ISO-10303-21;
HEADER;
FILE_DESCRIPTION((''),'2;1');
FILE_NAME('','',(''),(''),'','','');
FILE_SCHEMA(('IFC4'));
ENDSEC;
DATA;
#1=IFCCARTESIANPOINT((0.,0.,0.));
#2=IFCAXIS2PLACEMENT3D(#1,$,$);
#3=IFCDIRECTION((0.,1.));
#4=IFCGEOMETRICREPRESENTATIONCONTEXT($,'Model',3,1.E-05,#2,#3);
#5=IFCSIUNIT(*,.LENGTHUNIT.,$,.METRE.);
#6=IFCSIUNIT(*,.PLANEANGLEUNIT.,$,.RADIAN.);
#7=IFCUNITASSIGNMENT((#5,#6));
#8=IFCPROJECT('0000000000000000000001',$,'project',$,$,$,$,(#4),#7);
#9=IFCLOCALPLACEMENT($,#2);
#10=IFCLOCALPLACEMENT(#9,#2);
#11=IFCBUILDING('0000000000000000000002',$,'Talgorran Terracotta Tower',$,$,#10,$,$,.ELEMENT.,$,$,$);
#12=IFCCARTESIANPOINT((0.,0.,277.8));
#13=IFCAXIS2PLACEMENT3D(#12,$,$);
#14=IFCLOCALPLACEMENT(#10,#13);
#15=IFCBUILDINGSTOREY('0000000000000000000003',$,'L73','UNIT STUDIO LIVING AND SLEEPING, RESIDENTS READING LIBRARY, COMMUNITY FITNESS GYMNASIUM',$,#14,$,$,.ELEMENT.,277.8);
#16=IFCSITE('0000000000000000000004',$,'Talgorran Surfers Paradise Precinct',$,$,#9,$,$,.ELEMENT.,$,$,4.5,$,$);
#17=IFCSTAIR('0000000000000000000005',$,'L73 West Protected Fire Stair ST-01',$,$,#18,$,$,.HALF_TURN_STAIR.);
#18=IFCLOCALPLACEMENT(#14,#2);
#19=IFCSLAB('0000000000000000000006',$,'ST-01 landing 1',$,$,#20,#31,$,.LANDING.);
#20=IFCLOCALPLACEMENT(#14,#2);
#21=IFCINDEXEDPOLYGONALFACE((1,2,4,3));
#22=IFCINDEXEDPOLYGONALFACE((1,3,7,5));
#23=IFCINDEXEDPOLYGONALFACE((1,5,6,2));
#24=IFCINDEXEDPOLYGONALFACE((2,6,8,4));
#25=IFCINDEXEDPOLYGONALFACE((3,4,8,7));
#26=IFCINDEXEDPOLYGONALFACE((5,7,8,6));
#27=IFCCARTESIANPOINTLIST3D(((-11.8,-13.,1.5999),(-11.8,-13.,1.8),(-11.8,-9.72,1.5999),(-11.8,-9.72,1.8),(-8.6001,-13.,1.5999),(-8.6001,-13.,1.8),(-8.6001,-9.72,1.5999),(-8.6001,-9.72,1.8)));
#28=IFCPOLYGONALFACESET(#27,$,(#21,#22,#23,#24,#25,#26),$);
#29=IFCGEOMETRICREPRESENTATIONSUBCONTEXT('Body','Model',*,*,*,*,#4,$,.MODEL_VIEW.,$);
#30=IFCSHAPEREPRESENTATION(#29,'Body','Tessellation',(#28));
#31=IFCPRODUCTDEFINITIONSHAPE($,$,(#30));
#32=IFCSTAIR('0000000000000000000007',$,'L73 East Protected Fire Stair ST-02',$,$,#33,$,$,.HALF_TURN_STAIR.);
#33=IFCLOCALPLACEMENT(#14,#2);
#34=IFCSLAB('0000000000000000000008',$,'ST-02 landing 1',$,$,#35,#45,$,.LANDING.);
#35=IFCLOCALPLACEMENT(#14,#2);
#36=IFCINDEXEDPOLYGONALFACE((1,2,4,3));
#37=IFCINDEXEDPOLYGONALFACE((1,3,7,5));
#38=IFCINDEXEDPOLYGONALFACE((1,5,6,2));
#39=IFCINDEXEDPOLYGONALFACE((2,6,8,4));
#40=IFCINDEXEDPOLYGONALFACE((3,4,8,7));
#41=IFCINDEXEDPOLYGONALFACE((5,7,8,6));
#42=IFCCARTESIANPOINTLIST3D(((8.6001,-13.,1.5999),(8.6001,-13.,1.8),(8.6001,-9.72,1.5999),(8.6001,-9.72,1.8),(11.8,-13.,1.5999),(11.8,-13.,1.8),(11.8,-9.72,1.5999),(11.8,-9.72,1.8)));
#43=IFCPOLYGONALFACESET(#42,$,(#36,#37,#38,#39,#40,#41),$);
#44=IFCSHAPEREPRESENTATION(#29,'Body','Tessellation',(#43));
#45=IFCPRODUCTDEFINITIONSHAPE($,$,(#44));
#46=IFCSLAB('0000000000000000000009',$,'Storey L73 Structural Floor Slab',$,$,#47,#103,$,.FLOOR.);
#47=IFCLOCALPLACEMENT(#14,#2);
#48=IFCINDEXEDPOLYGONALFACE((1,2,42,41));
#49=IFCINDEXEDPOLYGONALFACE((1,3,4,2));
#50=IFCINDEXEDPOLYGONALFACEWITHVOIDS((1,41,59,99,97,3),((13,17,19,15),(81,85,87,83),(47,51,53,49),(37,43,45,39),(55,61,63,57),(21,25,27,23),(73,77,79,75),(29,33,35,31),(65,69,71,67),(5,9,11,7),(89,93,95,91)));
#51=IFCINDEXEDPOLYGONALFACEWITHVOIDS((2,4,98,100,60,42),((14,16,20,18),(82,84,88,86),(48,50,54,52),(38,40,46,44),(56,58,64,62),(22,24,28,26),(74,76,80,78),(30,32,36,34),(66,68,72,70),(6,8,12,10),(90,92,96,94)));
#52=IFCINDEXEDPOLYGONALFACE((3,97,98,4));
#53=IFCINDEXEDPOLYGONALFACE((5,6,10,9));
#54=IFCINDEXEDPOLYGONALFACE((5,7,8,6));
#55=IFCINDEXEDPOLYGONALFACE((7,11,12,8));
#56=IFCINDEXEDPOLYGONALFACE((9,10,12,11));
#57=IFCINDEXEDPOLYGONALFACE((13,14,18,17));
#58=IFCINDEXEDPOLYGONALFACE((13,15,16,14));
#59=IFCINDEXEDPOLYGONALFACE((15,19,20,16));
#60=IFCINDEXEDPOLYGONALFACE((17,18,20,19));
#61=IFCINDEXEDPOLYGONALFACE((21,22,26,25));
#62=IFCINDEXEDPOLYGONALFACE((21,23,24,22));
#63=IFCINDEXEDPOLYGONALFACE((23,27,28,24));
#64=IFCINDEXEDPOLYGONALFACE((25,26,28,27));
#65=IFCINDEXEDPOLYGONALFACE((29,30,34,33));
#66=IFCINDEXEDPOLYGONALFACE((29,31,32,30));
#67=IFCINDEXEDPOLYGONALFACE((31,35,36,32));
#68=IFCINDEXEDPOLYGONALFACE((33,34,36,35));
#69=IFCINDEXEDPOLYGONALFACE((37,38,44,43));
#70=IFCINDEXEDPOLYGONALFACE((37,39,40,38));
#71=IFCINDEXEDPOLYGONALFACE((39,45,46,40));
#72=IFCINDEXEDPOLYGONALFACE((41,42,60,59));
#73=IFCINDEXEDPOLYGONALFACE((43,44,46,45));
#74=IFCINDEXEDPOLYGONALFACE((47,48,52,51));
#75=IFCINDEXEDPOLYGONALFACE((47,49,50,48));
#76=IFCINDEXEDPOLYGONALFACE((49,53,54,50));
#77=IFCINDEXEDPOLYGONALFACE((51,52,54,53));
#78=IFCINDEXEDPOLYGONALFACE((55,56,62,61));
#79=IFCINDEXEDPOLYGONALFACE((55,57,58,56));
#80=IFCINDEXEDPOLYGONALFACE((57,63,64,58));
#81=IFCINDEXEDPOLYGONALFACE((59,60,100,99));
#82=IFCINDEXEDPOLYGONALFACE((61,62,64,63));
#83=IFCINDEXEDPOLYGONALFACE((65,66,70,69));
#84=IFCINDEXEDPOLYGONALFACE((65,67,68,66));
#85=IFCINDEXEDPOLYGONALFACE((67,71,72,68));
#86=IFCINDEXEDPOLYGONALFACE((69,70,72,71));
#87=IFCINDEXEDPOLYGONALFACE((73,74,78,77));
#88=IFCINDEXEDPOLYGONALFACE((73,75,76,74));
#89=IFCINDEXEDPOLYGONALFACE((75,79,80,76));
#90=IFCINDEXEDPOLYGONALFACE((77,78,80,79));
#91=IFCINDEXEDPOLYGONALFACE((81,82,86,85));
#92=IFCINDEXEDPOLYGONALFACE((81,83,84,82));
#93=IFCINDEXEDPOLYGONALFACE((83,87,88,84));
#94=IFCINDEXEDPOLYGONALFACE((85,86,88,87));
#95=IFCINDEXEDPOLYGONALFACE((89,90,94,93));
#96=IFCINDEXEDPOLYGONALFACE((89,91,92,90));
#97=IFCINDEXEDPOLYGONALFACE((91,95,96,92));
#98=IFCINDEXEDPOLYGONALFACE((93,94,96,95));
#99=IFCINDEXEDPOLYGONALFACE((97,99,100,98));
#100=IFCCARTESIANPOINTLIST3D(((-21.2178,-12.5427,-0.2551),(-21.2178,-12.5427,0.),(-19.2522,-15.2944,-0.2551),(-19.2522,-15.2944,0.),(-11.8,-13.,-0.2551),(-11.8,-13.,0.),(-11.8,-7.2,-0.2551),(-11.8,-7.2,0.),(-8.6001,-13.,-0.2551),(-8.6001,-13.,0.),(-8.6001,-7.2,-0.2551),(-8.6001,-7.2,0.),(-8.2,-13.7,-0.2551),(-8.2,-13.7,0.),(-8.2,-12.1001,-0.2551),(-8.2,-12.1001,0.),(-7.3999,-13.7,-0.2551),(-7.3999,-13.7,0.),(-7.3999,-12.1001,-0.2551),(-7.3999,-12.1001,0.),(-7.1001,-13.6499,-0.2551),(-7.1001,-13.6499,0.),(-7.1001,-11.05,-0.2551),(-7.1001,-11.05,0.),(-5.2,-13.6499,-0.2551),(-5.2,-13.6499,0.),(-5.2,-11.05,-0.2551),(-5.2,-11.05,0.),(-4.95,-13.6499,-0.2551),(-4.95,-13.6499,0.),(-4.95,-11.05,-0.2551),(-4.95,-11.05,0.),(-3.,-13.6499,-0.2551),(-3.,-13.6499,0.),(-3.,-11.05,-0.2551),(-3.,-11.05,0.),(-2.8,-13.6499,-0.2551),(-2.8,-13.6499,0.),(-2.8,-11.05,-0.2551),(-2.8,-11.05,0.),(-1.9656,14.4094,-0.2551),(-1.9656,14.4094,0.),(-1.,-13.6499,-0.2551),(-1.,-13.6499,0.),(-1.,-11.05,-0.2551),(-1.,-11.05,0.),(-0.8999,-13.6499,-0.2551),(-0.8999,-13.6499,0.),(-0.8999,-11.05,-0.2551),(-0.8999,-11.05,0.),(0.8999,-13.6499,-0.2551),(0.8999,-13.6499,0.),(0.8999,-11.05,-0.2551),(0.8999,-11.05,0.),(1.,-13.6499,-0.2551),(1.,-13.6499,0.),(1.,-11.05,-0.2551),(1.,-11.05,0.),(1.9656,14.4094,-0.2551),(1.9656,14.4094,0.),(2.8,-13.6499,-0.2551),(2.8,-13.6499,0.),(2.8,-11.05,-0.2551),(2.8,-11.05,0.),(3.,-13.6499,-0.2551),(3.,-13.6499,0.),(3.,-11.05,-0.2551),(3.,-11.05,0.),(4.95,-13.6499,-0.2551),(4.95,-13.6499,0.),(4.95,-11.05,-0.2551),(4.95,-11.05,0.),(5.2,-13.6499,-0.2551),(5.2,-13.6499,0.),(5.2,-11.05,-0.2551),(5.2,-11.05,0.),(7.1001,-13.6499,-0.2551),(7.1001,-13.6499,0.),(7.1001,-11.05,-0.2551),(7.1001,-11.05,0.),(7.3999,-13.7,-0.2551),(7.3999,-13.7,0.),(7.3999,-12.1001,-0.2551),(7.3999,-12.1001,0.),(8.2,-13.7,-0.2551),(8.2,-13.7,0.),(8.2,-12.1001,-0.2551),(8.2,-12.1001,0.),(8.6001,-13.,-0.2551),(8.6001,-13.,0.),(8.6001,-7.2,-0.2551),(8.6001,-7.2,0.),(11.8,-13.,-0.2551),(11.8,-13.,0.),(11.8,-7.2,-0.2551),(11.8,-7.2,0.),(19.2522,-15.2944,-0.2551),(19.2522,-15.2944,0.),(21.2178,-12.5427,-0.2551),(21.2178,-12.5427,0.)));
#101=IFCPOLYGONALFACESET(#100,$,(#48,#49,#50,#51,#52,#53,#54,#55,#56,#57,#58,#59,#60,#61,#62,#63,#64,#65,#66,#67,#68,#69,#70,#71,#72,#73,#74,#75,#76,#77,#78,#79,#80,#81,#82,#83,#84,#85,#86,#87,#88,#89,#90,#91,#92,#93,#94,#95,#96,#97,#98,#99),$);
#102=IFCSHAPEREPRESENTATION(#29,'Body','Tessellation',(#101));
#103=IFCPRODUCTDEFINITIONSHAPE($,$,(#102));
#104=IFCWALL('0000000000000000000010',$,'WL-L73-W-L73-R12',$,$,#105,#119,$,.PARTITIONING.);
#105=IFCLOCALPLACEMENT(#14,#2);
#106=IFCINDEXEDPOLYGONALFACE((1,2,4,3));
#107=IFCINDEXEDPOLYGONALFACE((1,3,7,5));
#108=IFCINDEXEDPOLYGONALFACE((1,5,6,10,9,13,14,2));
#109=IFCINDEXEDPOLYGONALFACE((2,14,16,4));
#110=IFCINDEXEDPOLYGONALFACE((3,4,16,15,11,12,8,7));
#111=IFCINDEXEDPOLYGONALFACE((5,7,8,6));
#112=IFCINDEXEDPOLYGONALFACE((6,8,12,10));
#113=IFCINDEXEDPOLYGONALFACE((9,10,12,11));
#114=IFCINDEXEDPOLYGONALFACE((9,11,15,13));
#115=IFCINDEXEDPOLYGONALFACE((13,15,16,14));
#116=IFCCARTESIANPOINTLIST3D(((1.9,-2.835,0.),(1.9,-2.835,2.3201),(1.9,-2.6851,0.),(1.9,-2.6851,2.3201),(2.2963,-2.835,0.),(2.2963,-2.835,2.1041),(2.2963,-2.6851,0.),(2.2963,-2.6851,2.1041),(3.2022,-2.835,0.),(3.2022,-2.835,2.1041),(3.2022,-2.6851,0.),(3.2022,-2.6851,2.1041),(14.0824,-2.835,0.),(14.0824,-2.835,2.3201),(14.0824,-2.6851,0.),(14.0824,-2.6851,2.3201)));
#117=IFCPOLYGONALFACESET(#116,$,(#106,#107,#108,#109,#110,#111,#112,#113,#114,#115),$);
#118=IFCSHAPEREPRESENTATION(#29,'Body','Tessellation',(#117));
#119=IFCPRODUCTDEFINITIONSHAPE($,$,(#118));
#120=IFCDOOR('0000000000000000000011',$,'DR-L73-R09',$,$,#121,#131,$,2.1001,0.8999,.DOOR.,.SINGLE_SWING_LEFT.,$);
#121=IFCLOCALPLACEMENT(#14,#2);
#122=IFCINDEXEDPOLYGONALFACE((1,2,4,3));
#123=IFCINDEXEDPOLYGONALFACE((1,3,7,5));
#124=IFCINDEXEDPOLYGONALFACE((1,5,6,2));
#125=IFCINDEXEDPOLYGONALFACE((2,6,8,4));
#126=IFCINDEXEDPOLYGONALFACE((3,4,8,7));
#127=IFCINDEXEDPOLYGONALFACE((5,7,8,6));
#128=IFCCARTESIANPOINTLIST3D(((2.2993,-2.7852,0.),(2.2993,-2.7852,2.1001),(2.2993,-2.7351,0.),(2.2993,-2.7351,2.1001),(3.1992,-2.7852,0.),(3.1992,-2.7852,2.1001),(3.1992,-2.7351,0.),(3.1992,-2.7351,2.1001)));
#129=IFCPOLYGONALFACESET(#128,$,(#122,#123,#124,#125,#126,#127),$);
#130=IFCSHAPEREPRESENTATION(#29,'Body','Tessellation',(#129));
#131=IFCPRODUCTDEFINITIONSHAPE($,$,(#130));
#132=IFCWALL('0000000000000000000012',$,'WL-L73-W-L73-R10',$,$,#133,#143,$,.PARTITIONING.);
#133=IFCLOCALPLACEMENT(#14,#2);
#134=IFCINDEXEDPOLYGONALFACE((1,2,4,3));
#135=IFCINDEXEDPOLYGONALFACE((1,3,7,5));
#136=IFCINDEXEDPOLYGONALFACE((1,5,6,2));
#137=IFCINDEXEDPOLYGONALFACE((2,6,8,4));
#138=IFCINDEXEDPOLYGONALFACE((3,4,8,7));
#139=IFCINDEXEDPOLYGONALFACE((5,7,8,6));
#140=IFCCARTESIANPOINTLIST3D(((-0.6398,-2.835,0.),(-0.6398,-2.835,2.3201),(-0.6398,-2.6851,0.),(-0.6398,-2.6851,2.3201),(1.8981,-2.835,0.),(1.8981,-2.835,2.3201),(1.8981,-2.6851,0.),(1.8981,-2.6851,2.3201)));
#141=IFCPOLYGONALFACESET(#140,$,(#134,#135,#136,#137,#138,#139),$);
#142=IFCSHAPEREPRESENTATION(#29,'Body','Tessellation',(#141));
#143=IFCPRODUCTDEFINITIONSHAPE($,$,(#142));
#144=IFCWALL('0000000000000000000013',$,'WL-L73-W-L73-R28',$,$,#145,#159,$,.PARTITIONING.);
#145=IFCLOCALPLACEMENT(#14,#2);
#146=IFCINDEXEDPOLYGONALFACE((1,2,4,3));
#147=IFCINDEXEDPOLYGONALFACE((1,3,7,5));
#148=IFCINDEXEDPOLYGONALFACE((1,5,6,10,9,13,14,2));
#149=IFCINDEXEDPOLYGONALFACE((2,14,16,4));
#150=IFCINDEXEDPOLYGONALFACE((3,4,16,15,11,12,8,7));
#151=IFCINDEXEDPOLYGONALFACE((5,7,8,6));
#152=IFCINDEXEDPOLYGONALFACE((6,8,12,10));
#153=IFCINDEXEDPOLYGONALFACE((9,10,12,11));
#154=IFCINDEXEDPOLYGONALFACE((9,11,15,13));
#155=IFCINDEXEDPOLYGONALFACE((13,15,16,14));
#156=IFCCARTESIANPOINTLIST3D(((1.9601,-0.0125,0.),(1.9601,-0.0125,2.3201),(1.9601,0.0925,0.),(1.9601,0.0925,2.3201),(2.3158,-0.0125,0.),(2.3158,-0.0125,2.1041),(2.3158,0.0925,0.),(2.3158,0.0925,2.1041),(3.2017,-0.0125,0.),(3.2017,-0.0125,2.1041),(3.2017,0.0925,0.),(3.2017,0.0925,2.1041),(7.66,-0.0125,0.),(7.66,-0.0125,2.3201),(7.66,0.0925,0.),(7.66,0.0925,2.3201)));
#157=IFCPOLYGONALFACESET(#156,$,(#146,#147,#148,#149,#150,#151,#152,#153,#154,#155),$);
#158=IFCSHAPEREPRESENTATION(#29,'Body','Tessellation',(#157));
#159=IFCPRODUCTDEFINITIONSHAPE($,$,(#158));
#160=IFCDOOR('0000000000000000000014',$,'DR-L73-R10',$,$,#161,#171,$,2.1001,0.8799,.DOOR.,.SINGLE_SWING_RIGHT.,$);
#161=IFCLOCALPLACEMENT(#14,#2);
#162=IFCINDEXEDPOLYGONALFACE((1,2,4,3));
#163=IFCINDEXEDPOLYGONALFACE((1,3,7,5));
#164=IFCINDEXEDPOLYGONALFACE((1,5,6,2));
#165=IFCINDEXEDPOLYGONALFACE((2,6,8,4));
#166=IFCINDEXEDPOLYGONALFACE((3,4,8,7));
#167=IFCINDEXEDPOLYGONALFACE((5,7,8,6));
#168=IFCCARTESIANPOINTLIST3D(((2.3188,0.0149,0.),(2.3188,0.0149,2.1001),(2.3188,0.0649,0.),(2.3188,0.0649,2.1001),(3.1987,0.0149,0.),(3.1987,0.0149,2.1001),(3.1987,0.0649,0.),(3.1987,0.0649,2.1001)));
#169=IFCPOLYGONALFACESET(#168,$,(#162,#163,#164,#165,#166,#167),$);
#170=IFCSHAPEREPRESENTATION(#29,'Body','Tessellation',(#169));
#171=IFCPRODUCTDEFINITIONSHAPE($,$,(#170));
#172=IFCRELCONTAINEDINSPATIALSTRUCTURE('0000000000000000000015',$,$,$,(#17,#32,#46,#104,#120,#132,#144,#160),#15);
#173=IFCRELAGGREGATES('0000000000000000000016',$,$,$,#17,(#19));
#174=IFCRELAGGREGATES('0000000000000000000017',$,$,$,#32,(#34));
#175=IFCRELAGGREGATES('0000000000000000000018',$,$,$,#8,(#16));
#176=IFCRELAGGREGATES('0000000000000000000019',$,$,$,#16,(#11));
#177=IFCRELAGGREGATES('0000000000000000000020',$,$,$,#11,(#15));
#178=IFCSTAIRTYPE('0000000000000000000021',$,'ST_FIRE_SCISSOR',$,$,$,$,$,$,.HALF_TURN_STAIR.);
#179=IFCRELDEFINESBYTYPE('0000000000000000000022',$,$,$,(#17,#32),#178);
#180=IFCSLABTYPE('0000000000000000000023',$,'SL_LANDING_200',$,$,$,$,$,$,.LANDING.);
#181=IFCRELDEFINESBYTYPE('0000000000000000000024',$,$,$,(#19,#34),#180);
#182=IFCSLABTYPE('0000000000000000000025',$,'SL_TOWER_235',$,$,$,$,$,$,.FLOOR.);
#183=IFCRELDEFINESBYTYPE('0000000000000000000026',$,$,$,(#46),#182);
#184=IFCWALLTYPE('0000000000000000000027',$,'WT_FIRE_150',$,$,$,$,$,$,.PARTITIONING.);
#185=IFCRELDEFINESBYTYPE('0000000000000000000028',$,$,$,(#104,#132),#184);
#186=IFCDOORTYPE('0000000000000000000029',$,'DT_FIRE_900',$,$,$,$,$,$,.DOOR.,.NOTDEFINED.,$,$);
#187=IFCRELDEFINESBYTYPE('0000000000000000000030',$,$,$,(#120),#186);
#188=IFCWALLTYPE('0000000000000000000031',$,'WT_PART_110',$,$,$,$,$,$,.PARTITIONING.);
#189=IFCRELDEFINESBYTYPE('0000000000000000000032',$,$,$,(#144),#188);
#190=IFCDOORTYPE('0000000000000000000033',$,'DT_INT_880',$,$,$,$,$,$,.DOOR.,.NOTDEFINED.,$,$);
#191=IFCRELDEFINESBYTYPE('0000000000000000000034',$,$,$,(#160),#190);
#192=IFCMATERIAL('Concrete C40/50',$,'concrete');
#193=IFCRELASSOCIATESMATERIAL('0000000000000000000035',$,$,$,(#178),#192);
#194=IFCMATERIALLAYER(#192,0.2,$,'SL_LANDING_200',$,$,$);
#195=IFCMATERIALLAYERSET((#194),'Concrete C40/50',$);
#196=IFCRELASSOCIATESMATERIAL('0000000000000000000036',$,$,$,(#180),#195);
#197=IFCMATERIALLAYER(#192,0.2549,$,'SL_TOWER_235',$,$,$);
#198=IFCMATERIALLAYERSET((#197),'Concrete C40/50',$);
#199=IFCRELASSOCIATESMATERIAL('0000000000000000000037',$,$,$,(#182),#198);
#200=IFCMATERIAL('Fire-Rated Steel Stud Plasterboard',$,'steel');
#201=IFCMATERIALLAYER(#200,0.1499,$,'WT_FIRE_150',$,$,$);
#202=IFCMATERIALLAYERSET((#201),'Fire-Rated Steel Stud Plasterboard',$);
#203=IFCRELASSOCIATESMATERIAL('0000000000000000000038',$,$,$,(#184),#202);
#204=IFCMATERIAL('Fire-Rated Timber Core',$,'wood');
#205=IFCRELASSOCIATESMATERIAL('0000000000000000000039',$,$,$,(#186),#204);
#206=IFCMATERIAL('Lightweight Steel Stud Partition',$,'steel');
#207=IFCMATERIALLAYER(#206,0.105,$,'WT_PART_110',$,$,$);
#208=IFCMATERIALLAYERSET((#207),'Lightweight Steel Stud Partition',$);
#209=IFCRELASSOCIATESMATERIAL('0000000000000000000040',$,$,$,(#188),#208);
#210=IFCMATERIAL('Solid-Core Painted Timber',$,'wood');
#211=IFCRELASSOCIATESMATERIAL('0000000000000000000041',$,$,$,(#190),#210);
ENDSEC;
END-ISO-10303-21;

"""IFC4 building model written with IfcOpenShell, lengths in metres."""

from ifc_helpers import new_model, si_unit, direction, frame, frame_2d, origin, place, context, subcontext, project, spatial, polyline, rectangle, outline, extrude, material, layer, layer_set, type_object, element, fill, aggregate, save


model = new_model("IFC4")

# Units and contexts
model_context = context("Model", 3, precision=1e-05, world=origin(), true_north=direction((0.0, 1.0)))
body_context = subcontext(model_context, "Body", "Model", "MODEL_VIEW")
ifc_project = project(units=[si_unit("LENGTHUNIT", "METRE"), si_unit("PLANEANGLEUNIT", "RADIAN")], contexts=[model_context])

# Site, building, storey
site_placement = place(None, origin())
site = spatial("IfcSite", under=ifc_project, at=site_placement, Name="Talgorran Surfers Paradise Precinct", CompositionType="ELEMENT", RefElevation=4.5)
building_placement = place(site_placement, origin())
building = spatial("IfcBuilding", under=site, at=building_placement, Name="Talgorran Terracotta Tower", CompositionType="ELEMENT")
storey_placement = place(building_placement, frame((0.0, 0.0, 277.8)))
storey = spatial("IfcBuildingStorey", under=building, at=storey_placement, Name="L73", Description="UNIT STUDIO LIVING AND SLEEPING, RESIDENTS READING LIBRARY, COMMUNITY FITNESS GYMNASIUM", CompositionType="ELEMENT", Elevation=277.8)

# Shared definitions
ifc_material_1 = material(Name="Concrete C40/50", Category="concrete")

# Stairs, slabs
stair_type = type_object("IfcStairType", Name="ST_FIRE_SCISSOR", PredefinedType="HALF_TURN_STAIR", material=ifc_material_1)
stair_1_placement = place(storey_placement, origin())
stair_1 = element("IfcStair", 1, at=stair_1_placement, inside=storey, type_object=stair_type, Name="L73 West Protected Fire Stair ST-01", PredefinedType="HALF_TURN_STAIR")
ifc_layer_1 = layer(ifc_material_1, 0.2, Name="SL_LANDING_200")
ifc_layer_set_1 = layer_set([ifc_layer_1], Name="Concrete C40/50")
slab_type_1 = type_object("IfcSlabType", Name="SL_LANDING_200", PredefinedType="LANDING", material=ifc_layer_set_1)
slab_1_placement = place(storey_placement, frame((0.0, 0.0, 1.5999)))
slab_1 = element("IfcSlab", 2, at=slab_1_placement, type_object=slab_type_1, Name="ST-01 landing 1", PredefinedType="LANDING", context=body_context, shape_type="SweptSolid", body=[
    extrude(outline(polyline([(-11.8, -9.72), (-11.8, -13.0), (-8.6001, -13.0), (-8.6001, -9.72), (-11.8, -9.72)])), origin(), (0.0, 0.0, 1.0), 0.2002),
])
aggregate(stair_1, [slab_1])
stair_2_placement = place(storey_placement, origin())
stair_2 = element("IfcStair", 3, at=stair_2_placement, inside=storey, type_object=stair_type, Name="L73 East Protected Fire Stair ST-02", PredefinedType="HALF_TURN_STAIR")
slab_2_placement = place(storey_placement, frame((0.0, 0.0, 1.5999)))
slab_2 = element("IfcSlab", 4, at=slab_2_placement, type_object=slab_type_1, Name="ST-02 landing 1", PredefinedType="LANDING", context=body_context, shape_type="SweptSolid", body=[
    extrude(outline(polyline([(8.6001, -9.72), (8.6001, -13.0), (11.8, -13.0), (11.8, -9.72), (8.6001, -9.72)])), origin(), (0.0, 0.0, 1.0), 0.2002),
])
aggregate(stair_2, [slab_2])

# Slab
ifc_layer_2 = layer(ifc_material_1, 0.2549, Name="SL_TOWER_235")
ifc_layer_set_2 = layer_set([ifc_layer_2], Name="Concrete C40/50")
slab_type_2 = type_object("IfcSlabType", Name="SL_TOWER_235", PredefinedType="FLOOR", material=ifc_layer_set_2)
slab_3_placement = place(storey_placement, frame((0.0, 0.0, -0.2551)))
element("IfcSlab", 5, at=slab_3_placement, inside=storey, type_object=slab_type_2, Name="Storey L73 Structural Floor Slab", PredefinedType="FLOOR", context=body_context, shape_type="SweptSolid", body=[
    extrude(outline(polyline([(-21.2178, -12.5427), (-19.2522, -15.2944), (19.2522, -15.2944), (21.2178, -12.5427), (1.9656, 14.4094), (-1.9656, 14.4094), (-21.2178, -12.5427)]), holes=[polyline([(-11.8, -7.2), (-11.8, -13.0), (-8.6001, -13.0), (-8.6001, -7.2), (-11.8, -7.2)]), polyline([(8.6001, -7.2), (8.6001, -13.0), (11.8, -13.0), (11.8, -7.2), (8.6001, -7.2)]), polyline([(-7.1001, -13.6499), (-5.2, -13.6499), (-5.2, -11.05), (-7.1001, -11.05), (-7.1001, -13.6499)]), polyline([(5.2, -13.6499), (7.1001, -13.6499), (7.1001, -11.05), (5.2, -11.05), (5.2, -13.6499)]), polyline([(3.0, -13.6499), (4.95, -13.6499), (4.95, -11.05), (3.0, -11.05), (3.0, -13.6499)]), polyline([(-4.95, -13.6499), (-3.0, -13.6499), (-3.0, -11.05), (-4.95, -11.05), (-4.95, -13.6499)]), polyline([(-2.8, -13.6499), (-1.0, -13.6499), (-1.0, -11.05), (-2.8, -11.05), (-2.8, -13.6499)]), polyline([(-0.8999, -13.6499), (0.8999, -13.6499), (0.8999, -11.05), (-0.8999, -11.05), (-0.8999, -13.6499)]), polyline([(1.0, -13.6499), (2.8, -13.6499), (2.8, -11.05), (1.0, -11.05), (1.0, -13.6499)]), polyline([(-8.2, -13.7), (-7.3999, -13.7), (-7.3999, -12.1001), (-8.2, -12.1001), (-8.2, -13.7)]), polyline([(7.3999, -13.7), (8.2, -13.7), (8.2, -12.1001), (7.3999, -12.1001), (7.3999, -13.7)])]), origin(), (0.0, 0.0, 1.0), 0.2551),
])

# Wall, opening, door
ifc_material_2 = material(Name="Fire-Rated Steel Stud Plasterboard", Category="steel")
ifc_layer_3 = layer(ifc_material_2, 0.1499, Name="WT_FIRE_150")
ifc_layer_set_3 = layer_set([ifc_layer_3], Name="Fire-Rated Steel Stud Plasterboard")
wall_type_1 = type_object("IfcWallType", Name="WT_FIRE_150", PredefinedType="PARTITIONING", material=ifc_layer_set_3)
wall_1_placement = place(storey_placement, frame((1.8999, -2.76, 0.0), z_axis=(0.0, 0.0, 1.0), x_axis=(1.0, 0.0, 0.0)))
wall_1 = element("IfcWall", 6, at=wall_1_placement, inside=storey, type_object=wall_type_1, Name="WL-L73-W-L73-R12", PredefinedType="PARTITIONING", context=body_context, shape_type="SweptSolid", body=[
    extrude(rectangle(XDim=12.1824, YDim=0.1499, at=frame_2d((6.0913, 0.0))), origin(), (0.0, 0.0, 1.0), 2.3201),
])
opening_1_placement = place(wall_1_placement, frame((0.3994, 0.0, 0.0)))
opening_1 = element("IfcOpeningElement", 7, at=opening_1_placement, cuts=wall_1, PredefinedType="OPENING", context=body_context, shape_type="SweptSolid", body=[
    extrude(rectangle(XDim=0.9059, YDim=2.1041, at=frame_2d((0.45, 1.052))), frame((0.0, 0.085, 0.0), z_axis=(0.0, -1.0, 0.0), x_axis=(1.0, 0.0, 0.0)), (0.0, 0.0, 1.0), 0.1699),
])
ifc_material_3 = material(Name="Fire-Rated Timber Core", Category="wood")
door_type_1 = type_object("IfcDoorType", Name="DT_FIRE_900", OperationType="NOTDEFINED", PredefinedType="DOOR", material=ifc_material_3)
door_1_placement = place(opening_1_placement, origin())
door_1 = element("IfcDoor", 8, at=door_1_placement, inside=storey, type_object=door_type_1, Name="DR-L73-R09", OperationType="SINGLE_SWING_LEFT", OverallHeight=2.1001, OverallWidth=0.8999, PredefinedType="DOOR", context=body_context, shape_type="SweptSolid", body=[
    extrude(rectangle(XDim=0.8999, YDim=2.1001, at=frame_2d((0.45, 1.05))), frame((0.0, 0.0249, 0.0), z_axis=(0.0, -1.0, 0.0), x_axis=(1.0, 0.0, 0.0)), (0.0, 0.0, 1.0), 0.05),
])
fill(opening_1, door_1)

# Wall
wall_2_placement = place(storey_placement, frame((-0.6399, -2.76, 0.0), z_axis=(0.0, 0.0, 1.0), x_axis=(1.0, 0.0, 0.0)))
element("IfcWall", 9, at=wall_2_placement, inside=storey, type_object=wall_type_1, Name="WL-L73-W-L73-R10", PredefinedType="PARTITIONING", context=body_context, shape_type="SweptSolid", body=[
    extrude(rectangle(XDim=2.5378, YDim=0.1499, at=frame_2d((1.269, 0.0))), origin(), (0.0, 0.0, 1.0), 2.3201),
])

# Wall, opening, door
ifc_material_4 = material(Name="Lightweight Steel Stud Partition", Category="steel")
ifc_layer_4 = layer(ifc_material_4, 0.105, Name="WT_PART_110")
ifc_layer_set_4 = layer_set([ifc_layer_4], Name="Lightweight Steel Stud Partition")
wall_type_2 = type_object("IfcWallType", Name="WT_PART_110", PredefinedType="PARTITIONING", material=ifc_layer_set_4)
wall_3_placement = place(storey_placement, frame((1.96, 0.04, 0.0), z_axis=(0.0, 0.0, 1.0), x_axis=(1.0, 0.0, 0.0)))
wall_3 = element("IfcWall", 10, at=wall_3_placement, inside=storey, type_object=wall_type_2, Name="WL-L73-W-L73-R28", PredefinedType="PARTITIONING", context=body_context, shape_type="SweptSolid", body=[
    extrude(rectangle(XDim=5.7, YDim=0.105, at=frame_2d((2.8501, 0.0))), origin(), (0.0, 0.0, 1.0), 2.3201),
])
opening_2_placement = place(wall_3_placement, frame((0.3589, 0.0, 0.0)))
opening_2 = element("IfcOpeningElement", 11, at=opening_2_placement, cuts=wall_3, PredefinedType="OPENING", context=body_context, shape_type="SweptSolid", body=[
    extrude(rectangle(XDim=0.8859, YDim=2.1041, at=frame_2d((0.4399, 1.052))), frame((0.0, 0.0625, 0.0), z_axis=(0.0, -1.0, 0.0), x_axis=(1.0, 0.0, 0.0)), (0.0, 0.0, 1.0), 0.125),
])
ifc_material_5 = material(Name="Solid-Core Painted Timber", Category="wood")
door_type_2 = type_object("IfcDoorType", Name="DT_INT_880", OperationType="NOTDEFINED", PredefinedType="DOOR", material=ifc_material_5)
door_2_placement = place(opening_2_placement, origin())
door_2 = element("IfcDoor", 12, at=door_2_placement, inside=storey, type_object=door_type_2, Name="DR-L73-R10", OperationType="SINGLE_SWING_RIGHT", OverallHeight=2.1001, OverallWidth=0.8799, PredefinedType="DOOR", context=body_context, shape_type="SweptSolid", body=[
    extrude(rectangle(XDim=0.8799, YDim=2.1001, at=frame_2d((0.4399, 1.05))), frame((0.0, 0.0249, 0.0), z_axis=(0.0, -1.0, 0.0), x_axis=(1.0, 0.0, 0.0)), (0.0, 0.0, 1.0), 0.05),
])
fill(opening_2, door_2)

save(model, "model.ifc")
